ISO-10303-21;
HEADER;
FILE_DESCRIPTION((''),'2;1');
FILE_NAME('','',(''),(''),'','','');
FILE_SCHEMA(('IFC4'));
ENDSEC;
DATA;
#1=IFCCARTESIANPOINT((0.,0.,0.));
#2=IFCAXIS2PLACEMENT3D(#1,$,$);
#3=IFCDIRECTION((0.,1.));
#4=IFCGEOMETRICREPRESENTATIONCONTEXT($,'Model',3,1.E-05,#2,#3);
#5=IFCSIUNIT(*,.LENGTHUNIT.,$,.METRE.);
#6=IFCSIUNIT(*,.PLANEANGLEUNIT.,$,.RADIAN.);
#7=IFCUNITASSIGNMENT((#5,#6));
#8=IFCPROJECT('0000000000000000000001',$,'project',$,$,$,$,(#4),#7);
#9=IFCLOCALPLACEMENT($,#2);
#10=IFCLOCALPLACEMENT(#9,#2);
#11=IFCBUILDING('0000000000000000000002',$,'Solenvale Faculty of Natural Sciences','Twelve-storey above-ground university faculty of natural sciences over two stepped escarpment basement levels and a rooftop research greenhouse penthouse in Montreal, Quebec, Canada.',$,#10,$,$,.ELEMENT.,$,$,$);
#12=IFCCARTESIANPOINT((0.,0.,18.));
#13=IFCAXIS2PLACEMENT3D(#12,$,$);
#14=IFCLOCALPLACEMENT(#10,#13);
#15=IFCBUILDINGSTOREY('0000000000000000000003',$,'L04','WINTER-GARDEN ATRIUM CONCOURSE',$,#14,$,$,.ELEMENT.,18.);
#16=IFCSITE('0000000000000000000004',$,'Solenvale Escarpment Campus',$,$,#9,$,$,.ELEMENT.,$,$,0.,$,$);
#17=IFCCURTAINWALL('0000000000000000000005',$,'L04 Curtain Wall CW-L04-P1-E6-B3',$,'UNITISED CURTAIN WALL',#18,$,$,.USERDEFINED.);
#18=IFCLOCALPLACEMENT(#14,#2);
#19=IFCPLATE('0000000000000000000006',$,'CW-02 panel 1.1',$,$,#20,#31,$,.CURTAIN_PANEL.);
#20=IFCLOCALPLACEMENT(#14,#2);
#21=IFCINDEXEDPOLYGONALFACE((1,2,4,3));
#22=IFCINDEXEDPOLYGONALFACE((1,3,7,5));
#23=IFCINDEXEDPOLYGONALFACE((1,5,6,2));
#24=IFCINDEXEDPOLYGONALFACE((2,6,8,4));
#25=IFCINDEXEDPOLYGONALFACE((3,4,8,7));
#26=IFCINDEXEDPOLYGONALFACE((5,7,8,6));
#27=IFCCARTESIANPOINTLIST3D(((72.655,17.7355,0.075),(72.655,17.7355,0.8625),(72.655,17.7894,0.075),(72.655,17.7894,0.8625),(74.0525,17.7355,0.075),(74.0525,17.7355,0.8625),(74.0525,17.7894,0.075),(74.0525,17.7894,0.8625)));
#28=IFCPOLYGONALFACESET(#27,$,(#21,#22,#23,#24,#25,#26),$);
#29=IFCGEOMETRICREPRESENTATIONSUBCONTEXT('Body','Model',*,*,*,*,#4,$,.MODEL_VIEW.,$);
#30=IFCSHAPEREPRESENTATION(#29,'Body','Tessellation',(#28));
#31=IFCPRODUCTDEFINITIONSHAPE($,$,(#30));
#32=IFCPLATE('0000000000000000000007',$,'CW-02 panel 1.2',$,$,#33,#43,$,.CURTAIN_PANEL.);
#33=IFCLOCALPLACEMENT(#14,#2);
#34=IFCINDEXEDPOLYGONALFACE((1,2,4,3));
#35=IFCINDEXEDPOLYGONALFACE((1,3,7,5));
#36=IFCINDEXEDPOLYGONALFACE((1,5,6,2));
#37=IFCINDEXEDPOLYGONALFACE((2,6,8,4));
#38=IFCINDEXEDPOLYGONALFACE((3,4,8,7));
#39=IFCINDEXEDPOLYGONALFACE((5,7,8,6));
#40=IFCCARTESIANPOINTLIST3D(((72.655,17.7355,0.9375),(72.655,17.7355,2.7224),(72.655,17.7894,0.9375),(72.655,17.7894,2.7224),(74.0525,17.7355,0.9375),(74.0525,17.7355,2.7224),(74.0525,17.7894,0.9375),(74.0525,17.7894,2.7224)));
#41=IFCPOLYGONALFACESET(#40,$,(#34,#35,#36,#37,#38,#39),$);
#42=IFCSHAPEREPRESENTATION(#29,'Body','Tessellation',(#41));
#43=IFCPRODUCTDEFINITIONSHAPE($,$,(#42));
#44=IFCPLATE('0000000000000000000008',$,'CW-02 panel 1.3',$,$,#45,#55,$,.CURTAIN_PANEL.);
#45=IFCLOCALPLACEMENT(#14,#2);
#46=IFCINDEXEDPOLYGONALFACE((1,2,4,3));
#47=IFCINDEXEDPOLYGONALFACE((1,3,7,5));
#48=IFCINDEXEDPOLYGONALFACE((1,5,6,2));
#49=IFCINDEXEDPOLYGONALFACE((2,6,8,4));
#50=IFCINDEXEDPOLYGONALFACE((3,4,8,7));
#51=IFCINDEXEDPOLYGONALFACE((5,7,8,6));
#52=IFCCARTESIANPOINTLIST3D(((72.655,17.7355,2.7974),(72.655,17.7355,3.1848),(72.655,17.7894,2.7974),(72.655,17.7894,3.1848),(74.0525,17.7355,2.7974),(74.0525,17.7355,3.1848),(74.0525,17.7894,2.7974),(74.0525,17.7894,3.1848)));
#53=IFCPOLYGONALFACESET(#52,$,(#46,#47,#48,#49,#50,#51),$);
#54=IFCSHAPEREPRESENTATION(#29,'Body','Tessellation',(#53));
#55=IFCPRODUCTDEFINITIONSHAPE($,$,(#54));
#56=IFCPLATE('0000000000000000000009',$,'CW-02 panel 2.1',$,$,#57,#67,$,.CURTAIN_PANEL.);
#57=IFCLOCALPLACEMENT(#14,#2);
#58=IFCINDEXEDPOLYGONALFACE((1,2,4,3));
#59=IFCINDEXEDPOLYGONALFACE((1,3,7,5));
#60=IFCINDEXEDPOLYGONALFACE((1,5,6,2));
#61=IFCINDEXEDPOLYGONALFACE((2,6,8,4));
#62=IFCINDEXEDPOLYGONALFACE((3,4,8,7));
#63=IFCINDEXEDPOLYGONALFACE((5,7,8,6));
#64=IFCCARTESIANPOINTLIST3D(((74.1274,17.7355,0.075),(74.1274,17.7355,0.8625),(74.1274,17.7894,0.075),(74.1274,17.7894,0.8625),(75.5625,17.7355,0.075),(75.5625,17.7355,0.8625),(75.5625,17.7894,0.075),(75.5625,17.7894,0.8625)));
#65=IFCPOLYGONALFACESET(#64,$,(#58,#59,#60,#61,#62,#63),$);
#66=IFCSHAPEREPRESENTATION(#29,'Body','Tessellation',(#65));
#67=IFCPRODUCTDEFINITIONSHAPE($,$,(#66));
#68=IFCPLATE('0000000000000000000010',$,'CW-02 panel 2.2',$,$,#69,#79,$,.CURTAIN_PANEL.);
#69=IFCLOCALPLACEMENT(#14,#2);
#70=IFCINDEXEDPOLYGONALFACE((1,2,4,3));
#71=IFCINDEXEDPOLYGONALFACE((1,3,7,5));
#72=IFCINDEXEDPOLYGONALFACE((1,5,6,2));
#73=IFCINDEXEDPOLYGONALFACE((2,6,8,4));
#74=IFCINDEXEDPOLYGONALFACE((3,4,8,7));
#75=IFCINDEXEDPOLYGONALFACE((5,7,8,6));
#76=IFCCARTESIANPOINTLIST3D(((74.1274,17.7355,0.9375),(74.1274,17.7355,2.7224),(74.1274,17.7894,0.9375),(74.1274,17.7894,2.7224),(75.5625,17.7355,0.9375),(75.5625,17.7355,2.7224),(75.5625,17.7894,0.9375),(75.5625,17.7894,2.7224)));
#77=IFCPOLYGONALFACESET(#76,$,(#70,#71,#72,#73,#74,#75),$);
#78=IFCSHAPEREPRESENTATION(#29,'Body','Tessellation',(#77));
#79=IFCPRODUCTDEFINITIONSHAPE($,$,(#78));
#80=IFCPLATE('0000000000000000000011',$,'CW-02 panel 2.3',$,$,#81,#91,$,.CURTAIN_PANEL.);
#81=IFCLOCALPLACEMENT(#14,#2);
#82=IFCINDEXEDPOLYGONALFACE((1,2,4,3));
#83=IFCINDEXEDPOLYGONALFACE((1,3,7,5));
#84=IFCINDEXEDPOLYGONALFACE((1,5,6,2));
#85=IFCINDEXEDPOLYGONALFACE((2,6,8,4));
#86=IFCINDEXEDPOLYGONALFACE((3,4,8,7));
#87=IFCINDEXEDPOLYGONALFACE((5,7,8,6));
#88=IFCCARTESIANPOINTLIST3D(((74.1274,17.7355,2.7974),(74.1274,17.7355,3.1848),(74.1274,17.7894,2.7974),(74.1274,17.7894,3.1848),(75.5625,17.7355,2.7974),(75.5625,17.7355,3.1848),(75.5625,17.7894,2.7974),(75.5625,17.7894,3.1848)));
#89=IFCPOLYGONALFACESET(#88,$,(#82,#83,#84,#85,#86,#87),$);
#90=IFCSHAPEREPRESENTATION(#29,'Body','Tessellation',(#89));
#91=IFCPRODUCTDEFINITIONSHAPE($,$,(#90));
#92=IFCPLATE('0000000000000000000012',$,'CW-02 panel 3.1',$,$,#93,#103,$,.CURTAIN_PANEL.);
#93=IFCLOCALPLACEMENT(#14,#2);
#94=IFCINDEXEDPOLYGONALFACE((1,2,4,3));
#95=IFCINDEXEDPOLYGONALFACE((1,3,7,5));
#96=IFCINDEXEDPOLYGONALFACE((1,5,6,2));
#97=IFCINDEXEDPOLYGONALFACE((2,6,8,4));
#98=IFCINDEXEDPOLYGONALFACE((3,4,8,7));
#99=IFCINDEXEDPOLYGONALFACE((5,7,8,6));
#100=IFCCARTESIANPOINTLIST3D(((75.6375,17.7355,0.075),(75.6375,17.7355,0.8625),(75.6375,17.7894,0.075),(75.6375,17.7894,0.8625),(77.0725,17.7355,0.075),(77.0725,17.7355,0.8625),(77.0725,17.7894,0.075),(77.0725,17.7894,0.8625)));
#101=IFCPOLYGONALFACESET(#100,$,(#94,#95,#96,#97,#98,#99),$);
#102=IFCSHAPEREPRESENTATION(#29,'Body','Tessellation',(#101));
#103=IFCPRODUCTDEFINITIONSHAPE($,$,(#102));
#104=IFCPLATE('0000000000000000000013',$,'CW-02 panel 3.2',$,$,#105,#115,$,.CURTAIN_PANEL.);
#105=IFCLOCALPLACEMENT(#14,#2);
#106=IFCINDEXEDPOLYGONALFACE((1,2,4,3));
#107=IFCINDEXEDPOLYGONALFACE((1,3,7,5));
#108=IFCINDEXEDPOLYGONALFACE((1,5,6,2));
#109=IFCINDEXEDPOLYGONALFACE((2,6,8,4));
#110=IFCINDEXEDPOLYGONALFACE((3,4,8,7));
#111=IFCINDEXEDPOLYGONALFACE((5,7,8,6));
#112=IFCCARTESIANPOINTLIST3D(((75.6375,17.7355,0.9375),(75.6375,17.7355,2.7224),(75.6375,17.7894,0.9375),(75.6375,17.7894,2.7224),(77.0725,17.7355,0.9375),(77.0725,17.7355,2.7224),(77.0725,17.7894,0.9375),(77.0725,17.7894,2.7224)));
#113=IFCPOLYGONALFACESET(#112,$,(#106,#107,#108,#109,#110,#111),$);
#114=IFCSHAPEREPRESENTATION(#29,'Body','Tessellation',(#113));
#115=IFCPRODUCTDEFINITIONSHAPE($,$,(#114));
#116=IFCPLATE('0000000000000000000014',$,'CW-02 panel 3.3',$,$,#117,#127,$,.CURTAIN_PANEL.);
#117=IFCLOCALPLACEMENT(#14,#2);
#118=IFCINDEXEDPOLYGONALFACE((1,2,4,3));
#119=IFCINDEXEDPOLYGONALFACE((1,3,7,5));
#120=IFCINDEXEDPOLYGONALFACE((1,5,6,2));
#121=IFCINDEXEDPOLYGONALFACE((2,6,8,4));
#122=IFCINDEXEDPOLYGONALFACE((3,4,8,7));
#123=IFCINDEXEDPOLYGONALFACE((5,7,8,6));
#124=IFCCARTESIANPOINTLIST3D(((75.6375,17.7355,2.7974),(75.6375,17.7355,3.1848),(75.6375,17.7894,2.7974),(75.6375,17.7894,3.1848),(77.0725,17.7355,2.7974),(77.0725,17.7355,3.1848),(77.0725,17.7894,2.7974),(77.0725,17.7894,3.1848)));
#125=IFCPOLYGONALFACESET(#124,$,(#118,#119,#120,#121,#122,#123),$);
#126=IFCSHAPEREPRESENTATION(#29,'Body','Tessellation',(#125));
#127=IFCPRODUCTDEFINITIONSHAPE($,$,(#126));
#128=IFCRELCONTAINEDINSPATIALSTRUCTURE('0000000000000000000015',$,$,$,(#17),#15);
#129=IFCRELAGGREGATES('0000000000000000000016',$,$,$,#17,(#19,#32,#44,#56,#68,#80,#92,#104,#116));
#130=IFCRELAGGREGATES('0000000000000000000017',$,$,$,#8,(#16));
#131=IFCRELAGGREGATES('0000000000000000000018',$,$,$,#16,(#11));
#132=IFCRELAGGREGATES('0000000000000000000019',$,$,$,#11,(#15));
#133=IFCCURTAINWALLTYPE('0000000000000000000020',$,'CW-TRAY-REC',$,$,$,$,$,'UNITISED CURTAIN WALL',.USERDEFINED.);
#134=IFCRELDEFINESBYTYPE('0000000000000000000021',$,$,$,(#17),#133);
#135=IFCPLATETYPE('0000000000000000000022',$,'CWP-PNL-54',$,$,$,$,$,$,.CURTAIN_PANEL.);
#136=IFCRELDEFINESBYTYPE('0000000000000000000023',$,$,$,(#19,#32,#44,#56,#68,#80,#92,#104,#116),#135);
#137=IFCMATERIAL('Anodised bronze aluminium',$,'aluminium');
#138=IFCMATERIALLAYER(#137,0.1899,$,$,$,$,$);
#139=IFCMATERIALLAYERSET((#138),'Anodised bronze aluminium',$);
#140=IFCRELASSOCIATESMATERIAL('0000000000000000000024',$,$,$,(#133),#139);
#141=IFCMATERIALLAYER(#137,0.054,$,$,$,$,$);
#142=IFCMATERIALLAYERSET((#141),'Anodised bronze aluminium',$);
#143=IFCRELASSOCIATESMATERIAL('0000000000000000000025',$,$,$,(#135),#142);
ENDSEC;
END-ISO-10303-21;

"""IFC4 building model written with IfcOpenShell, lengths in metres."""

from ifc_helpers import new_model, si_unit, direction, frame, origin, origin_2d, place, context, subcontext, project, spatial, rectangle, extrude, material, layer, layer_set, type_object, element, aggregate, save


model = new_model("IFC4")

# Units and contexts
model_context = context("Model", 3, precision=1e-05, world=origin(), true_north=direction((0.0, 1.0)))
body_context = subcontext(model_context, "Body", "Model", "MODEL_VIEW")
ifc_project = project(units=[si_unit("LENGTHUNIT", "METRE"), si_unit("PLANEANGLEUNIT", "RADIAN")], contexts=[model_context])

# Site, building, storey
site_placement = place(None, origin())
site = spatial("IfcSite", under=ifc_project, at=site_placement, Name="Solenvale Escarpment Campus", CompositionType="ELEMENT", RefElevation=0.0)
building_placement = place(site_placement, origin())
building = spatial("IfcBuilding", under=site, at=building_placement, Name="Solenvale Faculty of Natural Sciences", Description="Twelve-storey above-ground university faculty of natural sciences over two stepped escarpment basement levels and a rooftop research greenhouse penthouse in Montreal, Quebec, Canada.", CompositionType="ELEMENT")
storey_placement = place(building_placement, frame((0.0, 0.0, 18.0)))
storey = spatial("IfcBuildingStorey", under=building, at=storey_placement, Name="L04", Description="WINTER-GARDEN ATRIUM CONCOURSE", CompositionType="ELEMENT", Elevation=18.0)

# Curtain wall, plates
ifc_material = material(Name="Anodised bronze aluminium", Category="aluminium")
ifc_layer_1 = layer(ifc_material, 0.1899)
ifc_layer_set_1 = layer_set([ifc_layer_1], Name="Anodised bronze aluminium")
curtain_wall_type = type_object("IfcCurtainWallType", Name="CW-TRAY-REC", ElementType="UNITISED CURTAIN WALL", PredefinedType="USERDEFINED", material=ifc_layer_set_1)
curtain_wall_placement = place(storey_placement, origin())
curtain_wall = element("IfcCurtainWall", 1, at=curtain_wall_placement, inside=storey, type_object=curtain_wall_type, Name="L04 Curtain Wall CW-L04-P1-E6-B3", ObjectType="UNITISED CURTAIN WALL", PredefinedType="USERDEFINED")
ifc_layer_2 = layer(ifc_material, 0.054)
ifc_layer_set_2 = layer_set([ifc_layer_2], Name="Anodised bronze aluminium")
plate_type = type_object("IfcPlateType", Name="CWP-PNL-54", PredefinedType="CURTAIN_PANEL", material=ifc_layer_set_2)
plate_1_placement = place(storey_placement, frame((73.3538, 17.7625, 0.075), z_axis=(0.0, 0.0, 1.0), x_axis=(1.0, 0.0, 0.0)))
plate_1 = element("IfcPlate", 2, at=plate_1_placement, type_object=plate_type, Name="CW-02 panel 1.1", PredefinedType="CURTAIN_PANEL", context=body_context, shape_type="SweptSolid", body=[
    extrude(rectangle(XDim=1.3975, YDim=0.054, at=origin_2d()), origin(), (0.0, 0.0, 1.0), 0.7876),
])
plate_2_placement = place(storey_placement, frame((73.3538, 17.7625, 0.9375), z_axis=(0.0, 0.0, 1.0), x_axis=(1.0, 0.0, 0.0)))
plate_2 = element("IfcPlate", 3, at=plate_2_placement, type_object=plate_type, Name="CW-02 panel 1.2", PredefinedType="CURTAIN_PANEL", context=body_context, shape_type="SweptSolid", body=[
    extrude(rectangle(XDim=1.3975, YDim=0.054, at=origin_2d()), origin(), (0.0, 0.0, 1.0), 1.7849),
])
plate_3_placement = place(storey_placement, frame((73.3538, 17.7625, 2.7974), z_axis=(0.0, 0.0, 1.0), x_axis=(1.0, 0.0, 0.0)))
plate_3 = element("IfcPlate", 4, at=plate_3_placement, type_object=plate_type, Name="CW-02 panel 1.3", PredefinedType="CURTAIN_PANEL", context=body_context, shape_type="SweptSolid", body=[
    extrude(rectangle(XDim=1.3975, YDim=0.054, at=origin_2d()), origin(), (0.0, 0.0, 1.0), 0.3875),
])
plate_4_placement = place(storey_placement, frame((74.845, 17.7625, 0.075), z_axis=(0.0, 0.0, 1.0), x_axis=(1.0, 0.0, 0.0)))
plate_4 = element("IfcPlate", 5, at=plate_4_placement, type_object=plate_type, Name="CW-02 panel 2.1", PredefinedType="CURTAIN_PANEL", context=body_context, shape_type="SweptSolid", body=[
    extrude(rectangle(XDim=1.4351, YDim=0.054, at=origin_2d()), origin(), (0.0, 0.0, 1.0), 0.7876),
])
plate_5_placement = place(storey_placement, frame((74.845, 17.7625, 0.9375), z_axis=(0.0, 0.0, 1.0), x_axis=(1.0, 0.0, 0.0)))
plate_5 = element("IfcPlate", 6, at=plate_5_placement, type_object=plate_type, Name="CW-02 panel 2.2", PredefinedType="CURTAIN_PANEL", context=body_context, shape_type="SweptSolid", body=[
    extrude(rectangle(XDim=1.4351, YDim=0.054, at=origin_2d()), origin(), (0.0, 0.0, 1.0), 1.7849),
])
plate_6_placement = place(storey_placement, frame((74.845, 17.7625, 2.7974), z_axis=(0.0, 0.0, 1.0), x_axis=(1.0, 0.0, 0.0)))
plate_6 = element("IfcPlate", 7, at=plate_6_placement, type_object=plate_type, Name="CW-02 panel 2.3", PredefinedType="CURTAIN_PANEL", context=body_context, shape_type="SweptSolid", body=[
    extrude(rectangle(XDim=1.4351, YDim=0.054, at=origin_2d()), origin(), (0.0, 0.0, 1.0), 0.3875),
])
plate_7_placement = place(storey_placement, frame((76.355, 17.7625, 0.075), z_axis=(0.0, 0.0, 1.0), x_axis=(1.0, 0.0, 0.0)))
plate_7 = element("IfcPlate", 8, at=plate_7_placement, type_object=plate_type, Name="CW-02 panel 3.1", PredefinedType="CURTAIN_PANEL", context=body_context, shape_type="SweptSolid", body=[
    extrude(rectangle(XDim=1.4351, YDim=0.054, at=origin_2d()), origin(), (0.0, 0.0, 1.0), 0.7876),
])
plate_8_placement = place(storey_placement, frame((76.355, 17.7625, 0.9375), z_axis=(0.0, 0.0, 1.0), x_axis=(1.0, 0.0, 0.0)))
plate_8 = element("IfcPlate", 9, at=plate_8_placement, type_object=plate_type, Name="CW-02 panel 3.2", PredefinedType="CURTAIN_PANEL", context=body_context, shape_type="SweptSolid", body=[
    extrude(rectangle(XDim=1.4351, YDim=0.054, at=origin_2d()), origin(), (0.0, 0.0, 1.0), 1.7849),
])
plate_9_placement = place(storey_placement, frame((76.355, 17.7625, 2.7974), z_axis=(0.0, 0.0, 1.0), x_axis=(1.0, 0.0, 0.0)))
plate_9 = element("IfcPlate", 10, at=plate_9_placement, type_object=plate_type, Name="CW-02 panel 3.3", PredefinedType="CURTAIN_PANEL", context=body_context, shape_type="SweptSolid", body=[
    extrude(rectangle(XDim=1.4351, YDim=0.054, at=origin_2d()), origin(), (0.0, 0.0, 1.0), 0.3875),
])
aggregate(curtain_wall, [plate_1, plate_2, plate_3, plate_4, plate_5, plate_6, plate_7, plate_8, plate_9])

save(model, "model.ifc")
